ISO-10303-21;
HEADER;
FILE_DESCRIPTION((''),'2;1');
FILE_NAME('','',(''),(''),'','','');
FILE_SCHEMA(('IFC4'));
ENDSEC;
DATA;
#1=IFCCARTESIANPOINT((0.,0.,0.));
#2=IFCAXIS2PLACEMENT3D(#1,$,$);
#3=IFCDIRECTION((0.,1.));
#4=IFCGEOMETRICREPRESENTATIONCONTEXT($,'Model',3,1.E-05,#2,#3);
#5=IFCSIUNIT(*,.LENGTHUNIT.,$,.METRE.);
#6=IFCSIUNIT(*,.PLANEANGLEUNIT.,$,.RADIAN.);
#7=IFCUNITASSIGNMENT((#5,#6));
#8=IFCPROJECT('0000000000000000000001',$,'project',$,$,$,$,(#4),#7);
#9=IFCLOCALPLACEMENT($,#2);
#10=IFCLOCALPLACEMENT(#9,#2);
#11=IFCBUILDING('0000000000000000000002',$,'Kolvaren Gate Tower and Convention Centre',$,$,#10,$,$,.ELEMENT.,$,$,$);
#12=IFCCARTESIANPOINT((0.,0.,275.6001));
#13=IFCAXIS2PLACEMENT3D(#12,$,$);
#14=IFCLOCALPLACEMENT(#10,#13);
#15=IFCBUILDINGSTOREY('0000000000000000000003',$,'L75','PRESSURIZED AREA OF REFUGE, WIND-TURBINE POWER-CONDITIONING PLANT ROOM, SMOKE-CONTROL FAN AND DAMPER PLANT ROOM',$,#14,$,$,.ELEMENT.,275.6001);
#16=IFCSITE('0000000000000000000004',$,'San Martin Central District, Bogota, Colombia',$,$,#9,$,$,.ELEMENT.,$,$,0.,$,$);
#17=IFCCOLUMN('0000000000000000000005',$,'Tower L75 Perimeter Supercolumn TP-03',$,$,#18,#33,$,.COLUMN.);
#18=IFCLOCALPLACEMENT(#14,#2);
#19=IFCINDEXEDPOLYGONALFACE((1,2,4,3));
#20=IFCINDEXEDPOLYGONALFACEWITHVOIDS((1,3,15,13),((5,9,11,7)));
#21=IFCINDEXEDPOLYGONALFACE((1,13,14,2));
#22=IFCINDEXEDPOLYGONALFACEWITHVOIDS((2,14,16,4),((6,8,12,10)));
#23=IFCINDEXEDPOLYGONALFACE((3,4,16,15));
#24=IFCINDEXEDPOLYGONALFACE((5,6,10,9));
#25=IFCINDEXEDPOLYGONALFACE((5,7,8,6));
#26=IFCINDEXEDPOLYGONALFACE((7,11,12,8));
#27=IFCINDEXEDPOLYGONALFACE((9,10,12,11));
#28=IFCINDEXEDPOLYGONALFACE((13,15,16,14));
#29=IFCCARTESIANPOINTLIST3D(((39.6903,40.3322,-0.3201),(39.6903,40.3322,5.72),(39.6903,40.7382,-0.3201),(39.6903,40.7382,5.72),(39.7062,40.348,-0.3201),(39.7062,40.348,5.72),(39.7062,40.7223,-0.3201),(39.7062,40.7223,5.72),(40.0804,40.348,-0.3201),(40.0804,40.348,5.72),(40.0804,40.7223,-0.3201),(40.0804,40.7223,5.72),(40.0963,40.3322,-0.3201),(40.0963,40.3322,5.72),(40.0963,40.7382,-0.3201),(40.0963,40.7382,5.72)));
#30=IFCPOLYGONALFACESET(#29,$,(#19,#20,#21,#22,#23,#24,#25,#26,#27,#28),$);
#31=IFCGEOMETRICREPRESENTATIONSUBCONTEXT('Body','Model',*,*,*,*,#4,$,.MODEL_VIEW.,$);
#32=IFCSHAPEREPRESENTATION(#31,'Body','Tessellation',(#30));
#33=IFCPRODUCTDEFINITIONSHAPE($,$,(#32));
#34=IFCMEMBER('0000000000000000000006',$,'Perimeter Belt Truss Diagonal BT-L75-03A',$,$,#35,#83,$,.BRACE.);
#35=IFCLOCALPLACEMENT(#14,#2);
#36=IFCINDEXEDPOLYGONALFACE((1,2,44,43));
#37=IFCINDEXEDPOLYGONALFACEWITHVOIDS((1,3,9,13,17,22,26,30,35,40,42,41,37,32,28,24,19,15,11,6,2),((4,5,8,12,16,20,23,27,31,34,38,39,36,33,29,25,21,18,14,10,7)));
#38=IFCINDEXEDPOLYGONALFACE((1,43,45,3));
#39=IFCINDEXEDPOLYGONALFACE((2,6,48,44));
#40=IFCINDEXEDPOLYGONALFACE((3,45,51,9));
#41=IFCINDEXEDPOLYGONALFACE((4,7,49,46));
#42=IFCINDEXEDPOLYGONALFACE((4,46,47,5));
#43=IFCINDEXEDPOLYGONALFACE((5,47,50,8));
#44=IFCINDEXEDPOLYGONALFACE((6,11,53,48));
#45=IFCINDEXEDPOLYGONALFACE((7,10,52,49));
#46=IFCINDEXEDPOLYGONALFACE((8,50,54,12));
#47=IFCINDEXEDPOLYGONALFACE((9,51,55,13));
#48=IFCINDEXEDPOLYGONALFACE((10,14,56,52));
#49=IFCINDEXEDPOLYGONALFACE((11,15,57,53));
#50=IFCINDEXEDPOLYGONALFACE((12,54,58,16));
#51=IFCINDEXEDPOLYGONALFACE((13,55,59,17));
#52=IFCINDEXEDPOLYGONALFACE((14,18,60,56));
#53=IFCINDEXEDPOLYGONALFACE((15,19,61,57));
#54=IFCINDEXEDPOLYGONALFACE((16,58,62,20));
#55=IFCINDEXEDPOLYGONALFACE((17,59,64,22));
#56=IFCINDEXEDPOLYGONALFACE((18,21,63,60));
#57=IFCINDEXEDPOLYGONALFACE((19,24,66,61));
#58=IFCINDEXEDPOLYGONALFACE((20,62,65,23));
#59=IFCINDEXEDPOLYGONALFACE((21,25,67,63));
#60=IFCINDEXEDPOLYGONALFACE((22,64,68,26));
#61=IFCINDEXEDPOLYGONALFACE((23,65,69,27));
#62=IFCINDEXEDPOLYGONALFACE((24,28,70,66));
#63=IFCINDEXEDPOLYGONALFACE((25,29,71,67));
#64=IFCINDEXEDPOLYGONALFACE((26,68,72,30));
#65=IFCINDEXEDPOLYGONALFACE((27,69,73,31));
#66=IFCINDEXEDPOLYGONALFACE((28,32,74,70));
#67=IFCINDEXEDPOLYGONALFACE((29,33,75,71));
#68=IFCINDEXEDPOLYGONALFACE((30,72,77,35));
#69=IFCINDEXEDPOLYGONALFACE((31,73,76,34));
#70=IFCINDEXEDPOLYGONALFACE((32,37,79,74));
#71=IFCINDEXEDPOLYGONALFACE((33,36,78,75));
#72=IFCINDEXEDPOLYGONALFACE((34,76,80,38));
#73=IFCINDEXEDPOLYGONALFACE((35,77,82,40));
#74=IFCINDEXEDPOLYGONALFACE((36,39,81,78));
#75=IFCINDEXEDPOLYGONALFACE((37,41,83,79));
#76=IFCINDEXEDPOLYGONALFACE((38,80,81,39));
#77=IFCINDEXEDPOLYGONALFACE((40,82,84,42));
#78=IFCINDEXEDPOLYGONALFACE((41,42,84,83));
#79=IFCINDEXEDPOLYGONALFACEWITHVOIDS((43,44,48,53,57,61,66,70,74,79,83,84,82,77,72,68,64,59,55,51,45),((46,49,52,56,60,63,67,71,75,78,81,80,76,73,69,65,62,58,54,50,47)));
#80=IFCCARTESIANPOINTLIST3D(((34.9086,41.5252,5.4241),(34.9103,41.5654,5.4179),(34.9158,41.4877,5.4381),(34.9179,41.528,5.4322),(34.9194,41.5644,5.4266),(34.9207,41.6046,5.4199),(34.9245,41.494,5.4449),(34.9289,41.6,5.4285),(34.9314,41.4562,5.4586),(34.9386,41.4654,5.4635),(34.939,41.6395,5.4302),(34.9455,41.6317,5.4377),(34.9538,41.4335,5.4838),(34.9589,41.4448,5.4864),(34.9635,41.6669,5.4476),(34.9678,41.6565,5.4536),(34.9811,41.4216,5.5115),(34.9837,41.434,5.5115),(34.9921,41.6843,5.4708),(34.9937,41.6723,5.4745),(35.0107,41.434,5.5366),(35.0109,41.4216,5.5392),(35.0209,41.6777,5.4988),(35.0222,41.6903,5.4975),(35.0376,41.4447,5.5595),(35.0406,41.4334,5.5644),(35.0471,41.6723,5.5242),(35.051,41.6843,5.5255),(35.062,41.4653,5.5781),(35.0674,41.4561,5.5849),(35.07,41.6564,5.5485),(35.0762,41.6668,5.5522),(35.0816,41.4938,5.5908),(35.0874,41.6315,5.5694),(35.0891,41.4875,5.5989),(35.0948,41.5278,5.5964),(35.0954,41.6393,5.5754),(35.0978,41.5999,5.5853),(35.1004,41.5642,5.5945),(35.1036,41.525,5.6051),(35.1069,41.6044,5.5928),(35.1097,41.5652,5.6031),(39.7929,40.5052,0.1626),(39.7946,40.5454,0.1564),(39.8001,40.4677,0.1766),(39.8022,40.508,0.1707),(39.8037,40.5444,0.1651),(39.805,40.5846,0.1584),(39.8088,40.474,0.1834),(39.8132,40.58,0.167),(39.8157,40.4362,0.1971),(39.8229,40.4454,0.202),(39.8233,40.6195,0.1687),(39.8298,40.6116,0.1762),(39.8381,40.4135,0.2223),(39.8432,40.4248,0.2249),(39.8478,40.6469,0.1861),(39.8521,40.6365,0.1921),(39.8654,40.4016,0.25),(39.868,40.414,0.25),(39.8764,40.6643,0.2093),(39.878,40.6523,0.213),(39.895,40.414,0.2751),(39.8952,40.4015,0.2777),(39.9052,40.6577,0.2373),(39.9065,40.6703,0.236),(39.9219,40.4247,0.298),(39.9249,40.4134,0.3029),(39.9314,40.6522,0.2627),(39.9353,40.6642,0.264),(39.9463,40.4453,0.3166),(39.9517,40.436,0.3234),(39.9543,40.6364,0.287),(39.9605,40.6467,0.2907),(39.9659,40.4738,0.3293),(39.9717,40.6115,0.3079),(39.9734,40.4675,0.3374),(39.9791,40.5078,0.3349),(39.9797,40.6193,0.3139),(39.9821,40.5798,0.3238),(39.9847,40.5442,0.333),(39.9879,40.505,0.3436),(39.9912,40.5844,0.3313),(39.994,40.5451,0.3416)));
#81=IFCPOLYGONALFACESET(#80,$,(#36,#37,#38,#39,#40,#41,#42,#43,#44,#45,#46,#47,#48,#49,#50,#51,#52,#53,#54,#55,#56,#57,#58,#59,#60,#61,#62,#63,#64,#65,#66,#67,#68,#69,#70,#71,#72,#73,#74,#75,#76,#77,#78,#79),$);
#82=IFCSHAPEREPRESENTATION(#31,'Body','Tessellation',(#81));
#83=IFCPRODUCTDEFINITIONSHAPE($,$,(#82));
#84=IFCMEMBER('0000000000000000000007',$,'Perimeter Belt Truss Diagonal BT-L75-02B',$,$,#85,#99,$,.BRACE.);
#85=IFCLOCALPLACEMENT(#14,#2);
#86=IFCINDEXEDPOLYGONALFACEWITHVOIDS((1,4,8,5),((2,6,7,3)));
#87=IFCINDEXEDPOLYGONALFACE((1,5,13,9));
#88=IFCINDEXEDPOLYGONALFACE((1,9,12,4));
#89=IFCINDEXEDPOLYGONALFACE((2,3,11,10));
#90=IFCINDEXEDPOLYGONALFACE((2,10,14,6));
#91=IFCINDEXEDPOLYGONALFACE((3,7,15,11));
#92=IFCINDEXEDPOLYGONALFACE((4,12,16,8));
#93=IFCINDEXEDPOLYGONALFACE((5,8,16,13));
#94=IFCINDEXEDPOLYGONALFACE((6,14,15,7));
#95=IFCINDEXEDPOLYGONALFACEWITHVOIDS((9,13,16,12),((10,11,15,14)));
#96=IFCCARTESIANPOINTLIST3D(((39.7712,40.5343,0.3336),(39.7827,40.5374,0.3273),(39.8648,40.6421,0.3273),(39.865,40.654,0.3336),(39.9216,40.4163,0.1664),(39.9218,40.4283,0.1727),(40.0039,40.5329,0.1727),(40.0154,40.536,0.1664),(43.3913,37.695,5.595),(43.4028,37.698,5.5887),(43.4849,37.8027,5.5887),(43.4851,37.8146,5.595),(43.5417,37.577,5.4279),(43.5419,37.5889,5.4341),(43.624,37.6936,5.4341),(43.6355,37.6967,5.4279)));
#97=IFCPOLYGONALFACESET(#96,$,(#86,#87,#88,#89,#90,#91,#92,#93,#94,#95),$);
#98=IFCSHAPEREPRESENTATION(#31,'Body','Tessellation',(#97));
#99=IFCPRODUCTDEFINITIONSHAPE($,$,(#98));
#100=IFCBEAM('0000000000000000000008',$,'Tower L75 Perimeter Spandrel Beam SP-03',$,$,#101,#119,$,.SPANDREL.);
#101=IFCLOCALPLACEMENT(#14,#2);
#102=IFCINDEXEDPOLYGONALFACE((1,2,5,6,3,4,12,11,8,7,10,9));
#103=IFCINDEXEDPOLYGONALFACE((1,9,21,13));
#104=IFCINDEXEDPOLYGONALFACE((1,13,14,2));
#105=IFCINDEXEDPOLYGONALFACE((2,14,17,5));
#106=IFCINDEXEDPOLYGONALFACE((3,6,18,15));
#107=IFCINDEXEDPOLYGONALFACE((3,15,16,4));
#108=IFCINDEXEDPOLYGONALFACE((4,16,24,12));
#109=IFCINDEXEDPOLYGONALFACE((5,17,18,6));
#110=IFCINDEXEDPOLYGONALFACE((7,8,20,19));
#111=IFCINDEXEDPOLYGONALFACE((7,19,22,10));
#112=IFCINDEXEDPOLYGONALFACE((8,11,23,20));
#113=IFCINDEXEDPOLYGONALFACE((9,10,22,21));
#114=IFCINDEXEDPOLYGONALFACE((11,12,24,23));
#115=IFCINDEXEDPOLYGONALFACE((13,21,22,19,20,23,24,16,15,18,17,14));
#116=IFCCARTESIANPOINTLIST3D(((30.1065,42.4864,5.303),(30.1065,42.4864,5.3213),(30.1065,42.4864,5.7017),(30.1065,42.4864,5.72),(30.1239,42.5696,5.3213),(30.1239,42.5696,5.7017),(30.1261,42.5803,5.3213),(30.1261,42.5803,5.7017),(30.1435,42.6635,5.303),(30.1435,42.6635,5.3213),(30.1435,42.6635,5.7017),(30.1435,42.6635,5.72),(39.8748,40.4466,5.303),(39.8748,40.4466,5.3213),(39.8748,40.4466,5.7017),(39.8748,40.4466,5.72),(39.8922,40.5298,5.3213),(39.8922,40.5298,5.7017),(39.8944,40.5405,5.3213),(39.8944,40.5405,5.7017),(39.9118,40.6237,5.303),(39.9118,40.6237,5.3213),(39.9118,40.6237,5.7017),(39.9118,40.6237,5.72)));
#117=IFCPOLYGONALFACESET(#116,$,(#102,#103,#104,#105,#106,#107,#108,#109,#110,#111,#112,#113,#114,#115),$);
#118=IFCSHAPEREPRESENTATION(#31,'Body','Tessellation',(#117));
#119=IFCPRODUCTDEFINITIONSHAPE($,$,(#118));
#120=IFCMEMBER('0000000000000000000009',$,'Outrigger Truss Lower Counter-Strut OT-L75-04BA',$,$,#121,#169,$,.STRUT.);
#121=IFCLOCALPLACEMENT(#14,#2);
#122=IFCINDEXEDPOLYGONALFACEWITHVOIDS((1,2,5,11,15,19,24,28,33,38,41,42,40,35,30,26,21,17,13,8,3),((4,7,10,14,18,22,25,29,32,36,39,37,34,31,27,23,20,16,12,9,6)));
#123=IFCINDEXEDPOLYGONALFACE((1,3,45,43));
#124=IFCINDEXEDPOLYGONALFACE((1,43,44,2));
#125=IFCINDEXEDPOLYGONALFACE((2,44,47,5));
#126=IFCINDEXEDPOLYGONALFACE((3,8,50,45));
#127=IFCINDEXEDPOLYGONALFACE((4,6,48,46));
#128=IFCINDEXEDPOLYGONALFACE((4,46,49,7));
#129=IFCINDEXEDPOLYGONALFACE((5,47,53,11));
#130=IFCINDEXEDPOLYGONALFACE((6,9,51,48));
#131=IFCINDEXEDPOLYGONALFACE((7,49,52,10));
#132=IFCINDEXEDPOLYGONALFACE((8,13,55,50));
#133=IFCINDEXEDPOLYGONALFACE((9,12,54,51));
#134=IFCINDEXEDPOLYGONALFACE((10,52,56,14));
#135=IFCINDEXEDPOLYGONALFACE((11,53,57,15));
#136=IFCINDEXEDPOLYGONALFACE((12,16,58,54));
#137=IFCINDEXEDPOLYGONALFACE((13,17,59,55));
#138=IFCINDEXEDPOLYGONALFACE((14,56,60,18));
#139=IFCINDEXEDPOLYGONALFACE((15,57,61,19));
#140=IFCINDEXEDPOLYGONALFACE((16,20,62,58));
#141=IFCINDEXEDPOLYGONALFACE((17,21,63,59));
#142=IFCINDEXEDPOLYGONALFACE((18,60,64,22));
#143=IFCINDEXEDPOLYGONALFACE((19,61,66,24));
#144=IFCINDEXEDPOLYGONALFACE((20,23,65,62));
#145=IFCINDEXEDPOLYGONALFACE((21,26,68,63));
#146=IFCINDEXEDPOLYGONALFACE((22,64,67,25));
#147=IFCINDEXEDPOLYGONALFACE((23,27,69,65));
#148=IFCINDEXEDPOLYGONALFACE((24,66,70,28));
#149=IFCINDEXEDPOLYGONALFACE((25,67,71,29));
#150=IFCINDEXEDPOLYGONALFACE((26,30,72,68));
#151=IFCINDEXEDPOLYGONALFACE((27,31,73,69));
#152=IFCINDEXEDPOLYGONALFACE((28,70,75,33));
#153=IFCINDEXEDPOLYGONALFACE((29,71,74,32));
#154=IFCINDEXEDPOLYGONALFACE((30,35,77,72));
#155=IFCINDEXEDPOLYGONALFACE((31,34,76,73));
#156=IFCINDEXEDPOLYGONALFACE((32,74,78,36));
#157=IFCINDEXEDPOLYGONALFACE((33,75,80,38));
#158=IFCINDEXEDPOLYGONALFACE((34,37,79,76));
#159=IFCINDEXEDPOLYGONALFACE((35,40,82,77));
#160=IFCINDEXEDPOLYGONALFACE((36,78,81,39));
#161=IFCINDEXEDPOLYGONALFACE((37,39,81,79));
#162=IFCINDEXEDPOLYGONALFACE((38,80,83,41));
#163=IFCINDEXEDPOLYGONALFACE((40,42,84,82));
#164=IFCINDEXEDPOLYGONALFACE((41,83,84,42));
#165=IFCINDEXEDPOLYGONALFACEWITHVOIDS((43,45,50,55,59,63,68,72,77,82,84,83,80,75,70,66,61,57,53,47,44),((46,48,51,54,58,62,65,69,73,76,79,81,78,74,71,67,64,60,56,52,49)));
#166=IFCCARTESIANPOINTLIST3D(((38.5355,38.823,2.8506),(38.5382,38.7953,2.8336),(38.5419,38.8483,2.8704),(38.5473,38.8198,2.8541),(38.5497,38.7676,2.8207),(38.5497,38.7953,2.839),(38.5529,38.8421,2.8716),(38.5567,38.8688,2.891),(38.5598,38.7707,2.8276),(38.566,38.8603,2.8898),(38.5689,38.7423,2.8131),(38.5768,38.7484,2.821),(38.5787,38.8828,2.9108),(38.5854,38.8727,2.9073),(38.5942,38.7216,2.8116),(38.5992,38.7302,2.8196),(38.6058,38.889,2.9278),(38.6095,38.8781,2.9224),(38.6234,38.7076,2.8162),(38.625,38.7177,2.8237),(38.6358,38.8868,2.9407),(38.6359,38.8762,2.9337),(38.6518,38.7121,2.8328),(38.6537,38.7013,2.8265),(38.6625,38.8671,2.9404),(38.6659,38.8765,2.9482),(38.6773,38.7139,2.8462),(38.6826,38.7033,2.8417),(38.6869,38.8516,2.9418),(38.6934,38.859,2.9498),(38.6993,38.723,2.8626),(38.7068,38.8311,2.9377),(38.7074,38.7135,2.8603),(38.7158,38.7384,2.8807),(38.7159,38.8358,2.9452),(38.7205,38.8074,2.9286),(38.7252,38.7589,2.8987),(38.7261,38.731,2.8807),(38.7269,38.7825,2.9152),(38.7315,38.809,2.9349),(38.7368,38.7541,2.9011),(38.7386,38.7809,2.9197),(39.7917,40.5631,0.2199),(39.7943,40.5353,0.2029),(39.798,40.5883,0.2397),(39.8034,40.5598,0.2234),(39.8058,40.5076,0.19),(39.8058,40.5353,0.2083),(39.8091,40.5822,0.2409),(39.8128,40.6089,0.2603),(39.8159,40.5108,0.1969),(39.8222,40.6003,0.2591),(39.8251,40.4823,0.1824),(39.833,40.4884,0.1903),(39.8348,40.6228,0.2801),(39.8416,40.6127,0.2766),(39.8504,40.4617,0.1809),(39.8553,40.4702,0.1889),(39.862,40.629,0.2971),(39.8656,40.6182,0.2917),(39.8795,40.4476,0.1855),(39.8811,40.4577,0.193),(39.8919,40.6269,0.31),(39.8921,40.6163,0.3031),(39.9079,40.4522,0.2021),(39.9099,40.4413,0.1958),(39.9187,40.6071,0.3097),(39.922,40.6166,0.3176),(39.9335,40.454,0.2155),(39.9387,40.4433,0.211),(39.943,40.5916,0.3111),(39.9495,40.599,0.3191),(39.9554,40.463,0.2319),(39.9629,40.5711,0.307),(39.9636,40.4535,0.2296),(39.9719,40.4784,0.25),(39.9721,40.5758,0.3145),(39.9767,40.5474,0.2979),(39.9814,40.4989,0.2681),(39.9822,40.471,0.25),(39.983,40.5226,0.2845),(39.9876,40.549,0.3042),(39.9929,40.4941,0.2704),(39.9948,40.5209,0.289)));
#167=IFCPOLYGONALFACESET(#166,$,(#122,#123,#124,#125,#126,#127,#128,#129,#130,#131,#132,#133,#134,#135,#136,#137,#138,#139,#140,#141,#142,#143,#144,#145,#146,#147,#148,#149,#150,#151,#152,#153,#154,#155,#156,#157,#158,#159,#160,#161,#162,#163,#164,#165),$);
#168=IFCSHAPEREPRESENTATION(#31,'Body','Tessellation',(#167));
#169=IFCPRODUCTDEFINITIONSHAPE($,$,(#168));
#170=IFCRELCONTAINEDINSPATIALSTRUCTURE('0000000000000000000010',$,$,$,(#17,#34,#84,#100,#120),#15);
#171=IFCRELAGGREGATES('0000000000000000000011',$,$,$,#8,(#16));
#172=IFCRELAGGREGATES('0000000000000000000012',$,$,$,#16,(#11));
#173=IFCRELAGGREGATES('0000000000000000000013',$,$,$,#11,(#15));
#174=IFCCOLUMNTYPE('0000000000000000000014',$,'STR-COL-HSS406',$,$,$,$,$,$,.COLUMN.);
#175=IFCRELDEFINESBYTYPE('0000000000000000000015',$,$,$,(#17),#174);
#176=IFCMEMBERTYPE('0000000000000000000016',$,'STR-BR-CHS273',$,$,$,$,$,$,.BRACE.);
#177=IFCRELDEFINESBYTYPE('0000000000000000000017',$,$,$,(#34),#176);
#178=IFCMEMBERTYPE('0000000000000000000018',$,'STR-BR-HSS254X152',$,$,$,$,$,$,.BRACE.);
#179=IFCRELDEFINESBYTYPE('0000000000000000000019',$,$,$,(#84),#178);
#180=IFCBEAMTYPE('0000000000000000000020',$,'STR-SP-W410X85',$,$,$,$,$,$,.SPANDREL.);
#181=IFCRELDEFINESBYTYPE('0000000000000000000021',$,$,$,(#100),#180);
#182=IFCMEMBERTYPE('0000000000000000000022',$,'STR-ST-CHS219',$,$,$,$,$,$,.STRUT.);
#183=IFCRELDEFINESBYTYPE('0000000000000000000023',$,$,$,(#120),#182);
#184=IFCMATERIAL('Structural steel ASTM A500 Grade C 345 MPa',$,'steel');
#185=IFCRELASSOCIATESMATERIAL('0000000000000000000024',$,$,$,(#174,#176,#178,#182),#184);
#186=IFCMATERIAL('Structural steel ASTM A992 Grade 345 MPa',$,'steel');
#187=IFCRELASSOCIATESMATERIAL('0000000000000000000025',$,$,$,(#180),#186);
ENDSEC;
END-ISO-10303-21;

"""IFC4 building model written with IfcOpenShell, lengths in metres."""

from ifc_helpers import new_model, si_unit, direction, frame, origin, origin_2d, place, context, subcontext, project, spatial, hollow_rectangle, hollow_circle, i_section, extrude, material, material_profile, profile_set, type_object, element, save


model = new_model("IFC4")

# Units and contexts
model_context = context("Model", 3, precision=1e-05, world=origin(), true_north=direction((0.0, 1.0)))
body_context = subcontext(model_context, "Body", "Model", "MODEL_VIEW")
ifc_project = project(units=[si_unit("LENGTHUNIT", "METRE"), si_unit("PLANEANGLEUNIT", "RADIAN")], contexts=[model_context])

# Site, building, storey
site_placement = place(None, origin())
site = spatial("IfcSite", under=ifc_project, at=site_placement, Name="San Martin Central District, Bogota, Colombia", CompositionType="ELEMENT", RefElevation=0.0)
building_placement = place(site_placement, origin())
building = spatial("IfcBuilding", under=site, at=building_placement, Name="Kolvaren Gate Tower and Convention Centre", CompositionType="ELEMENT")
storey_placement = place(building_placement, frame((0.0, 0.0, 275.6001)))
storey = spatial("IfcBuildingStorey", under=building, at=storey_placement, Name="L75", Description="PRESSURIZED AREA OF REFUGE, WIND-TURBINE POWER-CONDITIONING PLANT ROOM, SMOKE-CONTROL FAN AND DAMPER PLANT ROOM", CompositionType="ELEMENT", Elevation=275.6001)

# Column
ifc_material_1 = material(Name="Structural steel ASTM A500 Grade C 345 MPa", Category="steel")
ifc_material_profile_1 = material_profile(ifc_material_1, hollow_rectangle(XDim=0.406, YDim=0.406, WallThickness=0.0159, at=origin_2d()), Name="HSS406X406X15.9")
ifc_profile_set_1 = profile_set([ifc_material_profile_1], Name="Structural steel ASTM A500 Grade C 345 MPa")
column_type = type_object("IfcColumnType", Name="STR-COL-HSS406", PredefinedType="COLUMN", material=ifc_profile_set_1)
column_placement = place(storey_placement, frame((39.8933, 40.5352, -0.3201), z_axis=(0.0, 0.0, 1.0), x_axis=(1.0, 0.0, 0.0)))
element("IfcColumn", 1, at=column_placement, inside=storey, type_object=column_type, Name="Tower L75 Perimeter Supercolumn TP-03", PredefinedType="COLUMN", context=body_context, shape_type="SweptSolid", body=[
    extrude(hollow_rectangle(XDim=0.406, YDim=0.406, WallThickness=0.0159, at=origin_2d()), origin(), (0.0, 0.0, 1.0), 6.04),
])

# Members
ifc_material_profile_2 = material_profile(ifc_material_1, hollow_circle(Radius=0.1365, WallThickness=0.0127, at=origin_2d()), Name="CHS273X12.7")
ifc_profile_set_2 = profile_set([ifc_material_profile_2], Name="Structural steel ASTM A500 Grade C 345 MPa")
member_type_1 = type_object("IfcMemberType", Name="STR-BR-CHS273", PredefinedType="BRACE", material=ifc_profile_set_2)
member_1_placement = place(storey_placement, frame((39.8933, 40.5352, 0.25), z_axis=(-0.673583, 0.140669, 0.725602), x_axis=(-0.204427, -0.978882, 0.0)))
element("IfcMember", 2, at=member_1_placement, inside=storey, type_object=member_type_1, Name="Perimeter Belt Truss Diagonal BT-L75-03A", PredefinedType="BRACE", context=body_context, shape_type="SweptSolid", body=[
    extrude(hollow_circle(Radius=0.1365, WallThickness=0.0127, at=origin_2d()), origin(), (0.0, 0.0, 1.0), 7.2512),
])
ifc_material_profile_3 = material_profile(ifc_material_1, hollow_rectangle(XDim=0.1521, YDim=0.2539, WallThickness=0.0095, at=origin_2d()), Name="HSS254X152X9.5")
ifc_profile_set_3 = profile_set([ifc_material_profile_3], Name="Structural steel ASTM A500 Grade C 345 MPa")
member_type_2 = type_object("IfcMemberType", Name="STR-BR-HSS254X152", PredefinedType="BRACE", material=ifc_profile_set_3)
member_2_placement = place(storey_placement, frame((39.8933, 40.5352, 0.25), z_axis=(0.517951, -0.406243, 0.75279), x_axis=(0.617146, 0.786848, 0.0)))
element("IfcMember", 3, at=member_2_placement, inside=storey, type_object=member_type_2, Name="Perimeter Belt Truss Diagonal BT-L75-02B", PredefinedType="BRACE", context=body_context, shape_type="SweptSolid", body=[
    extrude(hollow_rectangle(XDim=0.1521, YDim=0.2539, WallThickness=0.0095, at=origin_2d()), origin(), (0.0, 0.0, 1.0), 6.9893),
])

# Beam
ifc_material_2 = material(Name="Structural steel ASTM A992 Grade 345 MPa", Category="steel")
ifc_material_profile_4 = material_profile(ifc_material_2, i_section(OverallWidth=0.1809, OverallDepth=0.417, WebThickness=0.011, FlangeThickness=0.0183, at=origin_2d()), Name="W410X85")
ifc_profile_set_4 = profile_set([ifc_material_profile_4], Name="Structural steel ASTM A992 Grade 345 MPa")
beam_type_1 = type_object("IfcBeamType", Name="STR-SP-W410X85", PredefinedType="SPANDREL", material=ifc_profile_set_4)
beam_1_placement = place(storey_placement, frame((39.8933, 40.5352, 5.5115), z_axis=(-0.978886, 0.204409, 0.0), x_axis=(-0.204409, -0.978886, 0.0)))
element("IfcBeam", 4, at=beam_1_placement, inside=storey, type_object=beam_type_1, Name="Tower L75 Perimeter Spandrel Beam SP-03", PredefinedType="SPANDREL", context=body_context, shape_type="SweptSolid", body=[
    extrude(i_section(OverallWidth=0.1809, OverallDepth=0.417, WebThickness=0.011, FlangeThickness=0.0183, at=origin_2d()), origin(), (0.0, 0.0, 1.0), 9.979),
])

# Member
ifc_material_profile_5 = material_profile(ifc_material_1, hollow_circle(Radius=0.1096, WallThickness=0.0127, at=origin_2d()), Name="CHS219X12.7")
ifc_profile_set_5 = profile_set([ifc_material_profile_5], Name="Structural steel ASTM A500 Grade C 345 MPa")
member_type_3 = type_object("IfcMemberType", Name="STR-ST-CHS219", PredefinedType="STRUT", material=ifc_profile_set_5)
for number, where, z_axis, x_axis, name in (
    (5, (39.8933, 40.5352, 0.25), (-0.369995, -0.512527, 0.774868), (0.810802, -0.58532, 0.0), "Outrigger Truss Lower Counter-Strut OT-L75-04BA"),
):
    element("IfcMember", number, at=place(storey_placement, frame(where, z_axis=z_axis, x_axis=x_axis)), inside=storey, type_object=member_type_3, Name=name, PredefinedType="STRUT", context=body_context, shape_type="SweptSolid", body=[
        extrude(hollow_circle(Radius=0.1096, WallThickness=0.0127, at=origin_2d()), origin(), (0.0, 0.0, 1.0), 3.395),
    ])

save(model, "model.ifc")
